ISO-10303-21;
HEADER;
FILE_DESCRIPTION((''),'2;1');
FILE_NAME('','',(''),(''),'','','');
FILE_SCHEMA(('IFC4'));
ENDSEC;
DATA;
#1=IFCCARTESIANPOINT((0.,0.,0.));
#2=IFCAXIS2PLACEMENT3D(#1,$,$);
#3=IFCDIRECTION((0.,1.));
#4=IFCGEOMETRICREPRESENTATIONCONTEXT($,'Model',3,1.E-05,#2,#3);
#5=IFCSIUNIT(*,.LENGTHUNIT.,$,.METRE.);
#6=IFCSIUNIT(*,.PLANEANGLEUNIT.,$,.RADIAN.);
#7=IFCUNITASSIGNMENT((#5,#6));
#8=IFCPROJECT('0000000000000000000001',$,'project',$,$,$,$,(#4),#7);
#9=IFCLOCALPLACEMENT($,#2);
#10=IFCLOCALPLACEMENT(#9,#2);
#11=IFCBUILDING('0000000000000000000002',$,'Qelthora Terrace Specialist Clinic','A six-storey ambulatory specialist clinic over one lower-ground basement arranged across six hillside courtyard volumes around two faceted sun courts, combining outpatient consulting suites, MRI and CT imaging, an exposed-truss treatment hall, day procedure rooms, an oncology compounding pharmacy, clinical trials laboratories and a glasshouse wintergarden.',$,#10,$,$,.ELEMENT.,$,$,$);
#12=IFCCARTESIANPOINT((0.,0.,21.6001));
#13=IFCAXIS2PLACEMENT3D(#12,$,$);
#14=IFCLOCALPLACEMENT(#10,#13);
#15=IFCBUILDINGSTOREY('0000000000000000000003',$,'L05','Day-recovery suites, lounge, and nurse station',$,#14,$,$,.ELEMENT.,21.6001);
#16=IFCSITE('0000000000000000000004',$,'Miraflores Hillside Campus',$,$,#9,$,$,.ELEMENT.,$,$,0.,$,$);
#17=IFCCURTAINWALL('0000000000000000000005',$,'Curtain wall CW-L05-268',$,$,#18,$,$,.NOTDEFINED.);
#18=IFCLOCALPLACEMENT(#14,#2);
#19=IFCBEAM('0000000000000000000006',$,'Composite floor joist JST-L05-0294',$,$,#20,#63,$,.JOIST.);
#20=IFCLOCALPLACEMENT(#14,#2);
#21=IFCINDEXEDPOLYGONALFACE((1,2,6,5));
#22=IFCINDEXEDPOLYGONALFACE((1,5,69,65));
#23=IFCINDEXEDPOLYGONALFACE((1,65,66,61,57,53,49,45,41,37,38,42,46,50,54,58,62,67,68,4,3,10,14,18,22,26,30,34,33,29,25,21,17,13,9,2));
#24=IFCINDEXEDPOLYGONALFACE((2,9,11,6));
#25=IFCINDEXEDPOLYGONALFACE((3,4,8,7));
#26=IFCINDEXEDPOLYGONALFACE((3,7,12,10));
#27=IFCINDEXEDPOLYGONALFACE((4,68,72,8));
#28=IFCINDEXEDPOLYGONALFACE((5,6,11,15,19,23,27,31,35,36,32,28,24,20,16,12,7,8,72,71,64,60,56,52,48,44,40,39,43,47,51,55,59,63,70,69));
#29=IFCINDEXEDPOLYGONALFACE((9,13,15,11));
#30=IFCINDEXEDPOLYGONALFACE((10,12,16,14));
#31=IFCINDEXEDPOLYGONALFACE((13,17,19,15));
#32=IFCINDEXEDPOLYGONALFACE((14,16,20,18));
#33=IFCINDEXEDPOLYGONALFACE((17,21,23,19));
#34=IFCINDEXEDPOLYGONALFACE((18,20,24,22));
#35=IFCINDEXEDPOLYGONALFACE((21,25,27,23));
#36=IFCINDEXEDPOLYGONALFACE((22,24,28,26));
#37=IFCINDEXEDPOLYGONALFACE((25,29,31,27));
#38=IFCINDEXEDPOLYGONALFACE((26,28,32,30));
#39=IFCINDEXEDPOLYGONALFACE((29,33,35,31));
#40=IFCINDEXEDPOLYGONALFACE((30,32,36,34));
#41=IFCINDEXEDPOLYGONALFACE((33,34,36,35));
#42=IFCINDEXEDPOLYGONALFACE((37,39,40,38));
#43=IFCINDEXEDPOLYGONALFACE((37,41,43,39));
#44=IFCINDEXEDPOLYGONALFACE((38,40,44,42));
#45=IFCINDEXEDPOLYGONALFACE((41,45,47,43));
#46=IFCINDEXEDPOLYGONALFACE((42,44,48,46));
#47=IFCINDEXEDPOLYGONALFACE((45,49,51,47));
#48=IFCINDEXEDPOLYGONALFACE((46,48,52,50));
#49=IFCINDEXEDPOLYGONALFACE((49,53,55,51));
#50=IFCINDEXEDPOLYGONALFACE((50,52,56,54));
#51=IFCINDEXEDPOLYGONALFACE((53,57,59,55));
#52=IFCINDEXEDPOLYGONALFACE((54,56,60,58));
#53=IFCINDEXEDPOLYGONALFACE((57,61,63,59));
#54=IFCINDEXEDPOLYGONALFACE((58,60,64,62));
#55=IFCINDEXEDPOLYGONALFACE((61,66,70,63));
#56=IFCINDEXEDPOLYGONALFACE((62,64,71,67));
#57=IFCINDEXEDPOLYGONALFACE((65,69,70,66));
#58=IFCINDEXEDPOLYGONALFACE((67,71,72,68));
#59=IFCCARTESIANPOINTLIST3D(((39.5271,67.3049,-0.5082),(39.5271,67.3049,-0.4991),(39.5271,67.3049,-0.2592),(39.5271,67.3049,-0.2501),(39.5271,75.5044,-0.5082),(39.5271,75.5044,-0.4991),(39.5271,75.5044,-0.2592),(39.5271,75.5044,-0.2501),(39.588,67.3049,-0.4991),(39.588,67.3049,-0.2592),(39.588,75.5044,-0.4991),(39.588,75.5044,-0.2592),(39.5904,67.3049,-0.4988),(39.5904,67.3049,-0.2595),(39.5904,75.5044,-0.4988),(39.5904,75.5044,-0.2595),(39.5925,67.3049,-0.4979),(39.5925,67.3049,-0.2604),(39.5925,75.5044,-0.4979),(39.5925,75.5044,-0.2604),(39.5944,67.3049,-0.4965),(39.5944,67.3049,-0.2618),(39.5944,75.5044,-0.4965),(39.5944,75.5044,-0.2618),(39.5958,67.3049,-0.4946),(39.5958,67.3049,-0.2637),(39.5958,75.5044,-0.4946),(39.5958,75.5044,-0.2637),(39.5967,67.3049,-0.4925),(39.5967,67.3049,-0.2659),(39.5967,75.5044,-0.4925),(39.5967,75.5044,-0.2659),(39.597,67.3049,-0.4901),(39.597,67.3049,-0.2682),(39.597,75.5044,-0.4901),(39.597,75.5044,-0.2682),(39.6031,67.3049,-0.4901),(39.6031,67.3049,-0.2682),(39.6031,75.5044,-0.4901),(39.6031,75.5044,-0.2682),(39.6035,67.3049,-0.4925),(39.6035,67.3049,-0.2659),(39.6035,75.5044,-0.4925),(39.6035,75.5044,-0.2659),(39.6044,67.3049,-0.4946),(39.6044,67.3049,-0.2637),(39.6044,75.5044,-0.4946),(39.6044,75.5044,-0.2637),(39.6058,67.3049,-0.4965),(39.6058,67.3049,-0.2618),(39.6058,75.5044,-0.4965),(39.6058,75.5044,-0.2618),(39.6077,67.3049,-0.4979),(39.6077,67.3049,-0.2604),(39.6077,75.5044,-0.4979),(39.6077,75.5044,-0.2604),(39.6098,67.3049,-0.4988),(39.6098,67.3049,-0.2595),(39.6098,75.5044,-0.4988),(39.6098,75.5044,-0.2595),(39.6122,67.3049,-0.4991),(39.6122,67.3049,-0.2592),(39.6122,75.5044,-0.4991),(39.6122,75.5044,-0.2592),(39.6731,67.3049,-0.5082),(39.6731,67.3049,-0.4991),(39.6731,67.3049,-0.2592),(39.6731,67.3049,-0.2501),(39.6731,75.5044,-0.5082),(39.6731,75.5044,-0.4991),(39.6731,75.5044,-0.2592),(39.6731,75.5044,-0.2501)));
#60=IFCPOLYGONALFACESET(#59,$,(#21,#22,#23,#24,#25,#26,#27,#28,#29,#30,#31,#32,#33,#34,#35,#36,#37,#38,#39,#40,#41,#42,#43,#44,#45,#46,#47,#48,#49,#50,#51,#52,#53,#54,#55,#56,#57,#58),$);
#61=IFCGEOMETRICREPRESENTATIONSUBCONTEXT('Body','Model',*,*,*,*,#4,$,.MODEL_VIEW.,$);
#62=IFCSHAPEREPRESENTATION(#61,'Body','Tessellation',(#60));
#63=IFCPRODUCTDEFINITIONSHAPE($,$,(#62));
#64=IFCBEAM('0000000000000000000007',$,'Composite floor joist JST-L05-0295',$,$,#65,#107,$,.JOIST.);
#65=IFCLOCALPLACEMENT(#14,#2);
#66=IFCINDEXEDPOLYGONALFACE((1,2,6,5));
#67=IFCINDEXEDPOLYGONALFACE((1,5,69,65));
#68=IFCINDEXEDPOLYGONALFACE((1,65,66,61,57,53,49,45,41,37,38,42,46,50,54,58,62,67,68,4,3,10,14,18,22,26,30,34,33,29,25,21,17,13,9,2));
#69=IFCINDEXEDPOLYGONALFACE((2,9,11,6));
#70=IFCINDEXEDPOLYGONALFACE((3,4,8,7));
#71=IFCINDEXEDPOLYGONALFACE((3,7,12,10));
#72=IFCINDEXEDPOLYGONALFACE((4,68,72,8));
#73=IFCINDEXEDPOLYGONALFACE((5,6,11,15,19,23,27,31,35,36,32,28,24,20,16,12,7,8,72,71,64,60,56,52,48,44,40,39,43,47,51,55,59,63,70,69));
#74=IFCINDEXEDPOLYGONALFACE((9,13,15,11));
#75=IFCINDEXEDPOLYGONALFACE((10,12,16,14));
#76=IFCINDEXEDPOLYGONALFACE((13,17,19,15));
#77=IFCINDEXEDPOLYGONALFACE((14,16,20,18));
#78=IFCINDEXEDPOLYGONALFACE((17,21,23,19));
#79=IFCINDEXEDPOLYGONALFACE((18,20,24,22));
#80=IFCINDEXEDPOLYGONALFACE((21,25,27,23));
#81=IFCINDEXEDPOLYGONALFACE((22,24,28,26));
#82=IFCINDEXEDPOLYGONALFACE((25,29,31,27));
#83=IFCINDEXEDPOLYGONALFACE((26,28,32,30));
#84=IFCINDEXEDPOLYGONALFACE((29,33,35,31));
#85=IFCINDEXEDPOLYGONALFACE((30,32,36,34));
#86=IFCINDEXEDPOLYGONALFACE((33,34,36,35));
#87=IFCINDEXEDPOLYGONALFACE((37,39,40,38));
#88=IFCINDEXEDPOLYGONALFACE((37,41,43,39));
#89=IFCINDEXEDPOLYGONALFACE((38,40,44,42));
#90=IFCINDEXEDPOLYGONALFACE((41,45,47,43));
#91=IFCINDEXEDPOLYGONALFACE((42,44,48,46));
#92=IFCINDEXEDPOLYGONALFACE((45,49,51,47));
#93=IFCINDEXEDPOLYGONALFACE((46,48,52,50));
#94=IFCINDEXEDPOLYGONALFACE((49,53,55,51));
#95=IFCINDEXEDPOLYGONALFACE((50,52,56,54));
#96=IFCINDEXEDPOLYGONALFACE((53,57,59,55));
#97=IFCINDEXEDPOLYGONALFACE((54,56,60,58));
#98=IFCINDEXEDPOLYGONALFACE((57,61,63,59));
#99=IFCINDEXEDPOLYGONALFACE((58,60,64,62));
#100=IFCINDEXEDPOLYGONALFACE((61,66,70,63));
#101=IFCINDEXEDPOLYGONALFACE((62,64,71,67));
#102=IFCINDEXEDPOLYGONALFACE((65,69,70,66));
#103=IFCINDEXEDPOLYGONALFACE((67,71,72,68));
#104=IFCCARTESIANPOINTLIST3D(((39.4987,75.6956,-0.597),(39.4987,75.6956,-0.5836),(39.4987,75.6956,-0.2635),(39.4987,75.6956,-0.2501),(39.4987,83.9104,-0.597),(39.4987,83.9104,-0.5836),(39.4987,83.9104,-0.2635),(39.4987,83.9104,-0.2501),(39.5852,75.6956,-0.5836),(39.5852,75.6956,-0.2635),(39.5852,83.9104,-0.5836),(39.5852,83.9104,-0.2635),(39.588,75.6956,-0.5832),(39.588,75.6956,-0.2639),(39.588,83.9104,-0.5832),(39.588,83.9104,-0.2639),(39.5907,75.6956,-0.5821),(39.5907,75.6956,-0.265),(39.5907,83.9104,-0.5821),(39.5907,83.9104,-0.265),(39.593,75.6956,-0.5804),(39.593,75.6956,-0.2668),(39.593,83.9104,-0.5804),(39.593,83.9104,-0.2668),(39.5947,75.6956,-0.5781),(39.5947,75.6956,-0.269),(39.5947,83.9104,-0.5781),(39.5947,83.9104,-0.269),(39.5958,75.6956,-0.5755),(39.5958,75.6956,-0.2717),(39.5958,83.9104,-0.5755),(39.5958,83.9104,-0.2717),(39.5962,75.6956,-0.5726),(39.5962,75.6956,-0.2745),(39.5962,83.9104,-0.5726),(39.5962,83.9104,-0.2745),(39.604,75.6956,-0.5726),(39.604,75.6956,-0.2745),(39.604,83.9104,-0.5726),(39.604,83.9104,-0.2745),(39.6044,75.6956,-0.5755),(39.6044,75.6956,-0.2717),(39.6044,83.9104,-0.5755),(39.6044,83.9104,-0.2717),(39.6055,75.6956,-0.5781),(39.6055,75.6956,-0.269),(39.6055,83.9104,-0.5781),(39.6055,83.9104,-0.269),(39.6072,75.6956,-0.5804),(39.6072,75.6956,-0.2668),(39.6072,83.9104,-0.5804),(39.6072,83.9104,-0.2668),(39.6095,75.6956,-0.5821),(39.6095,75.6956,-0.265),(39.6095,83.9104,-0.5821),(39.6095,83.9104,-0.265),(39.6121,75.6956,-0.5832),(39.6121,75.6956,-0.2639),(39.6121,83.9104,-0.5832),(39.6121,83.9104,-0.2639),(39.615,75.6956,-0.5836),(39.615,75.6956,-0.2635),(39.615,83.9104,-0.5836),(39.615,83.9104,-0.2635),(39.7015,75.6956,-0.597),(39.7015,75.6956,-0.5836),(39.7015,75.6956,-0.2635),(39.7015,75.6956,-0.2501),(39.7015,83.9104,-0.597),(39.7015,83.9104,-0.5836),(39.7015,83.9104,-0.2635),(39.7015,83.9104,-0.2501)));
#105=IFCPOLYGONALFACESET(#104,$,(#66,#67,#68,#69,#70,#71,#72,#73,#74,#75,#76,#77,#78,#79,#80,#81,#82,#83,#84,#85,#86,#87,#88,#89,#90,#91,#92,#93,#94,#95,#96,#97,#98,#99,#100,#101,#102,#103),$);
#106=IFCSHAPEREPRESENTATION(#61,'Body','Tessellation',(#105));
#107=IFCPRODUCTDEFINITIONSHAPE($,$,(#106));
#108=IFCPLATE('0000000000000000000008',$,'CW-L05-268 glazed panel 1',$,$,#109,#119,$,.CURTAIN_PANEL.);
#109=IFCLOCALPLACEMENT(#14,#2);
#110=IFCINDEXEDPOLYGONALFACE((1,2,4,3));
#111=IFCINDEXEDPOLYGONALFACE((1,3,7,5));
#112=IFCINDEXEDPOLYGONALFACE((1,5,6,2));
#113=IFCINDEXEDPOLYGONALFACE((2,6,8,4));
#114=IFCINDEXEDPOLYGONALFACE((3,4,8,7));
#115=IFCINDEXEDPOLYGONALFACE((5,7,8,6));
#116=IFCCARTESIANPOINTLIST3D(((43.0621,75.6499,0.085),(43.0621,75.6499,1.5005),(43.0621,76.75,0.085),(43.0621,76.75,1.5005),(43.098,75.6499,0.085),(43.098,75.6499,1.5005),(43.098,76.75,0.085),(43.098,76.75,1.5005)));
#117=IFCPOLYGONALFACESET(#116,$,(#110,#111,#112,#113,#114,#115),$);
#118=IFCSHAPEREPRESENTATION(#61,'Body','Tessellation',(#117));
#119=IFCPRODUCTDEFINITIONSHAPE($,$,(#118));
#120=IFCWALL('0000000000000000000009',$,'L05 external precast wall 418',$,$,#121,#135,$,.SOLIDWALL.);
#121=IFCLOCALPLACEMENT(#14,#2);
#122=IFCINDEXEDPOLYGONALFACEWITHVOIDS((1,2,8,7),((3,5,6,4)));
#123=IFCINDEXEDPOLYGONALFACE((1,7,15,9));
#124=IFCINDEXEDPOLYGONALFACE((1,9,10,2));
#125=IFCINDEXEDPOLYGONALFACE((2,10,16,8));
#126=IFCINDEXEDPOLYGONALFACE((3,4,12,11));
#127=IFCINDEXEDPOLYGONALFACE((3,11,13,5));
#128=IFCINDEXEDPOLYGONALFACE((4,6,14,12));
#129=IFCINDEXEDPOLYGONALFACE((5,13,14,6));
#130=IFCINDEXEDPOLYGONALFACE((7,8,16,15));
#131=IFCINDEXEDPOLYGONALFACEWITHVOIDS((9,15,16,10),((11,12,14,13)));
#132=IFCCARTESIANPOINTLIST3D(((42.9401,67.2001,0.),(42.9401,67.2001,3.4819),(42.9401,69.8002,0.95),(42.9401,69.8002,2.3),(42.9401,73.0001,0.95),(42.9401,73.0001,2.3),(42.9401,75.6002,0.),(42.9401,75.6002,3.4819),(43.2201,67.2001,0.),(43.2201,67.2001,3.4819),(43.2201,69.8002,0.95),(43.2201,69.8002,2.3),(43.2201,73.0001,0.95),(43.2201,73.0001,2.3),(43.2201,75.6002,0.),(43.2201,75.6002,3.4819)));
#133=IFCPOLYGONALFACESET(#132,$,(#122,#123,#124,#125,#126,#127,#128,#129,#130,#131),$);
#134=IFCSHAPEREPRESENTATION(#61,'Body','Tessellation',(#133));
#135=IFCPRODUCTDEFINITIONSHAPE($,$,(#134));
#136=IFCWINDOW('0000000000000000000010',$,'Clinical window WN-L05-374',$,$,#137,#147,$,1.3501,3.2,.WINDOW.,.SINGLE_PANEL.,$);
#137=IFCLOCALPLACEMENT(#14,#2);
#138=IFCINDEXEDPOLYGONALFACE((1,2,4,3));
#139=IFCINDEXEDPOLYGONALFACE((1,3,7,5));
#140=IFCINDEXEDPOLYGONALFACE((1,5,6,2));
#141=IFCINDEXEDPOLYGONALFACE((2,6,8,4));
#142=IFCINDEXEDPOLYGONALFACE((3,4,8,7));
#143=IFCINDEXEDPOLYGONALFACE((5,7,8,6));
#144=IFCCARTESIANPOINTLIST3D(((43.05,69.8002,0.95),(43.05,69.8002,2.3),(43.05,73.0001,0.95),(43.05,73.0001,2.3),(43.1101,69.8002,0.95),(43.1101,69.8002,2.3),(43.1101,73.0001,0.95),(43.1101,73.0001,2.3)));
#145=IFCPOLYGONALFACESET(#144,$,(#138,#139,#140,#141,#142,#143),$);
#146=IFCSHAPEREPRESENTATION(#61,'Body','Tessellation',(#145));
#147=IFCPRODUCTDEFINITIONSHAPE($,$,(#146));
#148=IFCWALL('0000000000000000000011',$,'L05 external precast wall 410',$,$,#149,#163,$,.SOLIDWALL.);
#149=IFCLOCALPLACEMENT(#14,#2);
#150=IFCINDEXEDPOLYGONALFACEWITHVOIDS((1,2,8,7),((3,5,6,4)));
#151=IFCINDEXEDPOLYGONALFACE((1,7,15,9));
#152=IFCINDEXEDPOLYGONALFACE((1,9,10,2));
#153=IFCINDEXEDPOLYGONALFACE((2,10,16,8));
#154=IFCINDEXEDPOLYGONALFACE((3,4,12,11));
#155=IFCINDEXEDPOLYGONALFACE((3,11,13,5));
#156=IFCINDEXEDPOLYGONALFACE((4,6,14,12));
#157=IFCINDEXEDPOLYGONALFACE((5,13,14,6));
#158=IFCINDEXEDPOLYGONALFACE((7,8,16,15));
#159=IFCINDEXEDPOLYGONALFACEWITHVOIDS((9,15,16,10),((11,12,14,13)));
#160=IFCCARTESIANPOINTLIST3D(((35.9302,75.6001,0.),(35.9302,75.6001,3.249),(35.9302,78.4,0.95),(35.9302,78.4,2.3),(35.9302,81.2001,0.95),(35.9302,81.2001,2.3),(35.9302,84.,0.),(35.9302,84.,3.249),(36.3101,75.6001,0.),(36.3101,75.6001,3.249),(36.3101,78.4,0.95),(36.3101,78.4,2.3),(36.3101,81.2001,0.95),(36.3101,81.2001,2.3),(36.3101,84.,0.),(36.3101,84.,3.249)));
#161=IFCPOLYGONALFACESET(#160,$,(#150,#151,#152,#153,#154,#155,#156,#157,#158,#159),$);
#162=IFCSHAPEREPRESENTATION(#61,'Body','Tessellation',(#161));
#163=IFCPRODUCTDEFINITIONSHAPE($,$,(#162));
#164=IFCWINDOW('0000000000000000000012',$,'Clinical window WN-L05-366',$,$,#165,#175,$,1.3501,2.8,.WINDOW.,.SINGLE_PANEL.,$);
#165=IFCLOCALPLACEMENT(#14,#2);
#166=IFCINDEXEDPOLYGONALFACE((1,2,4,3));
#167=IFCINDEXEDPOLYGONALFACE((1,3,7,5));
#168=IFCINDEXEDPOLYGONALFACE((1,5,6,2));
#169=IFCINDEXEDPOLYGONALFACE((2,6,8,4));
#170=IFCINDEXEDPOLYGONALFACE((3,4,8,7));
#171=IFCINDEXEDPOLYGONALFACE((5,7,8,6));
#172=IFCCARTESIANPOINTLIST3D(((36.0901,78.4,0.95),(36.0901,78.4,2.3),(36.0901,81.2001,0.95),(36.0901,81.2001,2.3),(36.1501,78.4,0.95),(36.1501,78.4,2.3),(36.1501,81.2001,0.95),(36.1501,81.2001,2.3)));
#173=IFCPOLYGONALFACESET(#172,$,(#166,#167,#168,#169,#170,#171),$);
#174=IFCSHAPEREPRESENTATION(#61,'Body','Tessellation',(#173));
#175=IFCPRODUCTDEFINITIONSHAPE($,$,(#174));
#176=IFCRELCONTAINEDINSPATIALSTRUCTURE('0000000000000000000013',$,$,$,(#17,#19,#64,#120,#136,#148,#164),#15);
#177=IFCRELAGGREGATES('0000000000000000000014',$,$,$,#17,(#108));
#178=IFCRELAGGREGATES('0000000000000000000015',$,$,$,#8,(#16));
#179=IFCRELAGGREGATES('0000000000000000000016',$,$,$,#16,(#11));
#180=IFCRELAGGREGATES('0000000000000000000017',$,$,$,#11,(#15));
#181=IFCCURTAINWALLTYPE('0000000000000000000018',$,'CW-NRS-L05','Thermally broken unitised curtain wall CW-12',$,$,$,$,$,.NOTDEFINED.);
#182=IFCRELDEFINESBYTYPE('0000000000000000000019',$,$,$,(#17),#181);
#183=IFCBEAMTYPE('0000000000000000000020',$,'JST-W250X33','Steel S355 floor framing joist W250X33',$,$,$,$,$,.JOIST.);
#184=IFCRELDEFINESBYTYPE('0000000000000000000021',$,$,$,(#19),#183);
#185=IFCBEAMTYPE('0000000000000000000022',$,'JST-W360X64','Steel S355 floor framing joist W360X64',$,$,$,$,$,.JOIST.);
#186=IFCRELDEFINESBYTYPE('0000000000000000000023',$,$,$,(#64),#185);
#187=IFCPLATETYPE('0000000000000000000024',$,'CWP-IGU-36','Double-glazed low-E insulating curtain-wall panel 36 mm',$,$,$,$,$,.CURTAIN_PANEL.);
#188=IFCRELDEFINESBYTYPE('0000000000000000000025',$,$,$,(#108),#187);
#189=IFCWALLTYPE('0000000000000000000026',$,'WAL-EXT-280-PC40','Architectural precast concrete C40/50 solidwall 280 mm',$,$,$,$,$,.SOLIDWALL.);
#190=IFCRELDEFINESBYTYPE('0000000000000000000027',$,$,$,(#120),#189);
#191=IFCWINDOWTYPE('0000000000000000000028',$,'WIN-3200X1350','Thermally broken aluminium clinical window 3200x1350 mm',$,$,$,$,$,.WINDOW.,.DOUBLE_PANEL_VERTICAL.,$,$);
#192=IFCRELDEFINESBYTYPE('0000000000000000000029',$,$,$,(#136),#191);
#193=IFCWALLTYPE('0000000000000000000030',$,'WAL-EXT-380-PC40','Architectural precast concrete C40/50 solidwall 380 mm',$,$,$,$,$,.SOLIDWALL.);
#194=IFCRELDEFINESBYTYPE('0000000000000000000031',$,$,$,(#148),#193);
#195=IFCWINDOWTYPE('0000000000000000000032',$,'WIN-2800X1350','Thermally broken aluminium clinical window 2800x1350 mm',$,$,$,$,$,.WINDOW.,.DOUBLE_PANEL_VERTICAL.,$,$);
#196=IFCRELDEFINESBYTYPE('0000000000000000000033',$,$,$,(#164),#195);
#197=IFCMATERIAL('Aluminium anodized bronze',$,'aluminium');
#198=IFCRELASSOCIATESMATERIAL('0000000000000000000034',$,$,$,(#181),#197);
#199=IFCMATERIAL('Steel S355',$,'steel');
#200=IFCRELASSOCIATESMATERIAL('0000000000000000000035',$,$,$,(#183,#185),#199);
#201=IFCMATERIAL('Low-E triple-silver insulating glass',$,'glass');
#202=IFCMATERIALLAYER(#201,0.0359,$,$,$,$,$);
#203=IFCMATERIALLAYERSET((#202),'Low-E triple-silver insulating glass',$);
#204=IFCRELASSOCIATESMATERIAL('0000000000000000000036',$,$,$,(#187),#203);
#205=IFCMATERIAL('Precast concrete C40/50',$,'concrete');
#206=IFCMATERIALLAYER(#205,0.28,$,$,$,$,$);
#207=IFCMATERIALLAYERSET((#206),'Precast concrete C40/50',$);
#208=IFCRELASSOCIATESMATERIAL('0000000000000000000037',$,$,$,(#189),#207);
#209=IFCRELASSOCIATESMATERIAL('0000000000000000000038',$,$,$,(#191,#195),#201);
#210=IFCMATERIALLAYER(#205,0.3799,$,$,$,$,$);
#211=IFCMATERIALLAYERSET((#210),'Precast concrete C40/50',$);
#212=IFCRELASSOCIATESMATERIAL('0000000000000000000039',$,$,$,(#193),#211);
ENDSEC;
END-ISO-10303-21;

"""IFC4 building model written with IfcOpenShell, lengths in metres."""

from ifc_helpers import new_model, si_unit, direction, frame, frame_2d, origin, origin_2d, place, context, subcontext, project, spatial, rectangle, i_section, extrude, material, layer, layer_set, material_profile, profile_set, type_object, element, fill, aggregate, save


model = new_model("IFC4")

# Units and contexts
model_context = context("Model", 3, precision=1e-05, world=origin(), true_north=direction((0.0, 1.0)))
body_context = subcontext(model_context, "Body", "Model", "MODEL_VIEW")
ifc_project = project(units=[si_unit("LENGTHUNIT", "METRE"), si_unit("PLANEANGLEUNIT", "RADIAN")], contexts=[model_context])

# Site, building, storey
site_placement = place(None, origin())
site = spatial("IfcSite", under=ifc_project, at=site_placement, Name="Miraflores Hillside Campus", CompositionType="ELEMENT", RefElevation=0.0)
building_placement = place(site_placement, origin())
building = spatial("IfcBuilding", under=site, at=building_placement, Name="Qelthora Terrace Specialist Clinic", Description="A six-storey ambulatory specialist clinic over one lower-ground basement arranged across six hillside courtyard volumes around two faceted sun courts, combining outpatient consulting suites, MRI and CT imaging, an exposed-truss treatment hall, day procedure rooms, an oncology compounding pharmacy, clinical trials laboratories and a glasshouse wintergarden.", CompositionType="ELEMENT")
storey_placement = place(building_placement, frame((0.0, 0.0, 21.6001)))
storey = spatial("IfcBuildingStorey", under=building, at=storey_placement, Name="L05", Description="Day-recovery suites, lounge, and nurse station", CompositionType="ELEMENT", Elevation=21.6001)

# Shared definitions
ifc_material_1 = material(Name="Steel S355", Category="steel")

# Curtain wall
ifc_material_2 = material(Name="Aluminium anodized bronze", Category="aluminium")
curtain_wall_type = type_object("IfcCurtainWallType", Name="CW-NRS-L05", Description="Thermally broken unitised curtain wall CW-12", PredefinedType="NOTDEFINED", material=ifc_material_2)
curtain_wall_placement = place(storey_placement, origin())
curtain_wall = element("IfcCurtainWall", 1, at=curtain_wall_placement, inside=storey, type_object=curtain_wall_type, Name="Curtain wall CW-L05-268", PredefinedType="NOTDEFINED")

# Beams
ifc_material_profile_1 = material_profile(ifc_material_1, i_section(OverallWidth=0.146, OverallDepth=0.2581, WebThickness=0.0061, FlangeThickness=0.009, FilletRadius=0.009, at=origin_2d()), Name="W250X33")
ifc_profile_set_1 = profile_set([ifc_material_profile_1], Name="Steel S355")
beam_type_1 = type_object("IfcBeamType", Name="JST-W250X33", Description="Steel S355 floor framing joist W250X33", PredefinedType="JOIST", material=ifc_profile_set_1)
beam_1_placement = place(storey_placement, frame((39.6001, 67.3049, -0.3792), z_axis=(0.0, 1.0, 0.0), x_axis=(-1.0, 0.0, 0.0)))
element("IfcBeam", 2, at=beam_1_placement, inside=storey, type_object=beam_type_1, Name="Composite floor joist JST-L05-0294", PredefinedType="JOIST", context=body_context, shape_type="SweptSolid", body=[
    extrude(i_section(OverallWidth=0.146, OverallDepth=0.2581, WebThickness=0.0061, FlangeThickness=0.009, FilletRadius=0.009, at=origin_2d()), origin(), (0.0, 0.0, 1.0), 8.1995),
])
ifc_material_profile_2 = material_profile(ifc_material_1, i_section(OverallWidth=0.2029, OverallDepth=0.3469, WebThickness=0.0078, FlangeThickness=0.0134, FilletRadius=0.011, at=origin_2d()), Name="W360X64")
ifc_profile_set_2 = profile_set([ifc_material_profile_2], Name="Steel S355")
beam_type_2 = type_object("IfcBeamType", Name="JST-W360X64", Description="Steel S355 floor framing joist W360X64", PredefinedType="JOIST", material=ifc_profile_set_2)
beam_2_placement = place(storey_placement, frame((39.6001, 75.6956, -0.4236), z_axis=(0.0, 1.0, 0.0), x_axis=(-1.0, 0.0, 0.0)))
element("IfcBeam", 3, at=beam_2_placement, inside=storey, type_object=beam_type_2, Name="Composite floor joist JST-L05-0295", PredefinedType="JOIST", context=body_context, shape_type="SweptSolid", body=[
    extrude(i_section(OverallWidth=0.2029, OverallDepth=0.3469, WebThickness=0.0078, FlangeThickness=0.0134, FilletRadius=0.011, at=origin_2d()), origin(), (0.0, 0.0, 1.0), 8.2148),
])

# Plate
ifc_material_3 = material(Name="Low-E triple-silver insulating glass", Category="glass")
ifc_layer_1 = layer(ifc_material_3, 0.0359)
ifc_layer_set_1 = layer_set([ifc_layer_1], Name="Low-E triple-silver insulating glass")
plate_type = type_object("IfcPlateType", Name="CWP-IGU-36", Description="Double-glazed low-E insulating curtain-wall panel 36 mm", PredefinedType="CURTAIN_PANEL", material=ifc_layer_set_1)
plate_placement = place(storey_placement, frame((43.0801, 76.2, 0.085), z_axis=(0.0, 0.0, 1.0), x_axis=(0.0, 1.0, 0.0)))
plate = element("IfcPlate", 4, at=plate_placement, type_object=plate_type, Name="CW-L05-268 glazed panel 1", PredefinedType="CURTAIN_PANEL", context=body_context, shape_type="SweptSolid", body=[
    extrude(rectangle(XDim=1.1001, YDim=0.0359, at=origin_2d()), origin(), (0.0, 0.0, 1.0), 1.4155),
])
aggregate(curtain_wall, [plate])

# Walls, openings, windows
ifc_material_4 = material(Name="Precast concrete C40/50", Category="concrete")
ifc_layer_2 = layer(ifc_material_4, 0.28)
ifc_layer_set_2 = layer_set([ifc_layer_2], Name="Precast concrete C40/50")
wall_type_1 = type_object("IfcWallType", Name="WAL-EXT-280-PC40", Description="Architectural precast concrete C40/50 solidwall 280 mm", PredefinedType="SOLIDWALL", material=ifc_layer_set_2)
wall_1_placement = place(storey_placement, frame((43.0801, 67.2, 0.0), z_axis=(0.0, 0.0, 1.0), x_axis=(0.0, 1.0, 0.0)))
wall_1 = element("IfcWall", 5, at=wall_1_placement, inside=storey, type_object=wall_type_1, Name="L05 external precast wall 418", PredefinedType="SOLIDWALL", context=body_context, shape_type="SweptSolid", body=[
    extrude(rectangle(XDim=8.4001, YDim=0.28, at=frame_2d((4.2002, 0.0))), origin(), (0.0, 0.0, 1.0), 3.4819),
])
opening_1_placement = place(wall_1_placement, frame((2.6001, 0.0, 0.95)))
opening_1 = element("IfcOpeningElement", 6, at=opening_1_placement, cuts=wall_1, PredefinedType="OPENING", context=body_context, shape_type="SweptSolid", body=[
    extrude(rectangle(XDim=3.2, YDim=1.3501, at=frame_2d((1.6001, 0.675))), frame((0.0, 0.1499, 0.0), z_axis=(0.0, -1.0, 0.0), x_axis=(1.0, 0.0, 0.0)), (0.0, 0.0, 1.0), 0.3),
])
window_type_1 = type_object("IfcWindowType", Name="WIN-3200X1350", Description="Thermally broken aluminium clinical window 3200x1350 mm", PartitioningType="DOUBLE_PANEL_VERTICAL", PredefinedType="WINDOW", material=ifc_material_3)
window_1_placement = place(opening_1_placement, origin())
window_1 = element("IfcWindow", 7, at=window_1_placement, inside=storey, type_object=window_type_1, Name="Clinical window WN-L05-374", OverallHeight=1.3501, OverallWidth=3.2, PartitioningType="SINGLE_PANEL", PredefinedType="WINDOW", context=body_context, shape_type="SweptSolid", body=[
    extrude(rectangle(XDim=3.2, YDim=1.3501, at=frame_2d((1.6001, 0.675))), frame((0.0, 0.03, 0.0), z_axis=(0.0, -1.0, 0.0), x_axis=(1.0, 0.0, 0.0)), (0.0, 0.0, 1.0), 0.0601),
])
fill(opening_1, window_1)
ifc_layer_3 = layer(ifc_material_4, 0.3799)
ifc_layer_set_3 = layer_set([ifc_layer_3], Name="Precast concrete C40/50")
wall_type_2 = type_object("IfcWallType", Name="WAL-EXT-380-PC40", Description="Architectural precast concrete C40/50 solidwall 380 mm", PredefinedType="SOLIDWALL", material=ifc_layer_set_3)
wall_2_placement = place(storey_placement, frame((36.1201, 75.6001, 0.0), z_axis=(0.0, 0.0, 1.0), x_axis=(0.0, 1.0, 0.0)))
wall_2 = element("IfcWall", 8, at=wall_2_placement, inside=storey, type_object=wall_type_2, Name="L05 external precast wall 410", PredefinedType="SOLIDWALL", context=body_context, shape_type="SweptSolid", body=[
    extrude(rectangle(XDim=8.3999, YDim=0.3799, at=frame_2d((4.2, 0.0))), origin(), (0.0, 0.0, 1.0), 3.249),
])
opening_2_placement = place(wall_2_placement, frame((2.8, 0.0, 0.95)))
opening_2 = element("IfcOpeningElement", 9, at=opening_2_placement, cuts=wall_2, PredefinedType="OPENING", context=body_context, shape_type="SweptSolid", body=[
    extrude(rectangle(XDim=2.8, YDim=1.3501, at=frame_2d((1.3999, 0.675))), frame((0.0, 0.2, 0.0), z_axis=(0.0, -1.0, 0.0), x_axis=(1.0, 0.0, 0.0)), (0.0, 0.0, 1.0), 0.3999),
])
window_type_2 = type_object("IfcWindowType", Name="WIN-2800X1350", Description="Thermally broken aluminium clinical window 2800x1350 mm", PartitioningType="DOUBLE_PANEL_VERTICAL", PredefinedType="WINDOW", material=ifc_material_3)
window_2_placement = place(opening_2_placement, origin())
window_2 = element("IfcWindow", 10, at=window_2_placement, inside=storey, type_object=window_type_2, Name="Clinical window WN-L05-366", OverallHeight=1.3501, OverallWidth=2.8, PartitioningType="SINGLE_PANEL", PredefinedType="WINDOW", context=body_context, shape_type="SweptSolid", body=[
    extrude(rectangle(XDim=2.8, YDim=1.3501, at=frame_2d((1.3999, 0.675))), frame((0.0, 0.03, 0.0), z_axis=(0.0, -1.0, 0.0), x_axis=(1.0, 0.0, 0.0)), (0.0, 0.0, 1.0), 0.0601),
])
fill(opening_2, window_2)

save(model, "model.ifc")
